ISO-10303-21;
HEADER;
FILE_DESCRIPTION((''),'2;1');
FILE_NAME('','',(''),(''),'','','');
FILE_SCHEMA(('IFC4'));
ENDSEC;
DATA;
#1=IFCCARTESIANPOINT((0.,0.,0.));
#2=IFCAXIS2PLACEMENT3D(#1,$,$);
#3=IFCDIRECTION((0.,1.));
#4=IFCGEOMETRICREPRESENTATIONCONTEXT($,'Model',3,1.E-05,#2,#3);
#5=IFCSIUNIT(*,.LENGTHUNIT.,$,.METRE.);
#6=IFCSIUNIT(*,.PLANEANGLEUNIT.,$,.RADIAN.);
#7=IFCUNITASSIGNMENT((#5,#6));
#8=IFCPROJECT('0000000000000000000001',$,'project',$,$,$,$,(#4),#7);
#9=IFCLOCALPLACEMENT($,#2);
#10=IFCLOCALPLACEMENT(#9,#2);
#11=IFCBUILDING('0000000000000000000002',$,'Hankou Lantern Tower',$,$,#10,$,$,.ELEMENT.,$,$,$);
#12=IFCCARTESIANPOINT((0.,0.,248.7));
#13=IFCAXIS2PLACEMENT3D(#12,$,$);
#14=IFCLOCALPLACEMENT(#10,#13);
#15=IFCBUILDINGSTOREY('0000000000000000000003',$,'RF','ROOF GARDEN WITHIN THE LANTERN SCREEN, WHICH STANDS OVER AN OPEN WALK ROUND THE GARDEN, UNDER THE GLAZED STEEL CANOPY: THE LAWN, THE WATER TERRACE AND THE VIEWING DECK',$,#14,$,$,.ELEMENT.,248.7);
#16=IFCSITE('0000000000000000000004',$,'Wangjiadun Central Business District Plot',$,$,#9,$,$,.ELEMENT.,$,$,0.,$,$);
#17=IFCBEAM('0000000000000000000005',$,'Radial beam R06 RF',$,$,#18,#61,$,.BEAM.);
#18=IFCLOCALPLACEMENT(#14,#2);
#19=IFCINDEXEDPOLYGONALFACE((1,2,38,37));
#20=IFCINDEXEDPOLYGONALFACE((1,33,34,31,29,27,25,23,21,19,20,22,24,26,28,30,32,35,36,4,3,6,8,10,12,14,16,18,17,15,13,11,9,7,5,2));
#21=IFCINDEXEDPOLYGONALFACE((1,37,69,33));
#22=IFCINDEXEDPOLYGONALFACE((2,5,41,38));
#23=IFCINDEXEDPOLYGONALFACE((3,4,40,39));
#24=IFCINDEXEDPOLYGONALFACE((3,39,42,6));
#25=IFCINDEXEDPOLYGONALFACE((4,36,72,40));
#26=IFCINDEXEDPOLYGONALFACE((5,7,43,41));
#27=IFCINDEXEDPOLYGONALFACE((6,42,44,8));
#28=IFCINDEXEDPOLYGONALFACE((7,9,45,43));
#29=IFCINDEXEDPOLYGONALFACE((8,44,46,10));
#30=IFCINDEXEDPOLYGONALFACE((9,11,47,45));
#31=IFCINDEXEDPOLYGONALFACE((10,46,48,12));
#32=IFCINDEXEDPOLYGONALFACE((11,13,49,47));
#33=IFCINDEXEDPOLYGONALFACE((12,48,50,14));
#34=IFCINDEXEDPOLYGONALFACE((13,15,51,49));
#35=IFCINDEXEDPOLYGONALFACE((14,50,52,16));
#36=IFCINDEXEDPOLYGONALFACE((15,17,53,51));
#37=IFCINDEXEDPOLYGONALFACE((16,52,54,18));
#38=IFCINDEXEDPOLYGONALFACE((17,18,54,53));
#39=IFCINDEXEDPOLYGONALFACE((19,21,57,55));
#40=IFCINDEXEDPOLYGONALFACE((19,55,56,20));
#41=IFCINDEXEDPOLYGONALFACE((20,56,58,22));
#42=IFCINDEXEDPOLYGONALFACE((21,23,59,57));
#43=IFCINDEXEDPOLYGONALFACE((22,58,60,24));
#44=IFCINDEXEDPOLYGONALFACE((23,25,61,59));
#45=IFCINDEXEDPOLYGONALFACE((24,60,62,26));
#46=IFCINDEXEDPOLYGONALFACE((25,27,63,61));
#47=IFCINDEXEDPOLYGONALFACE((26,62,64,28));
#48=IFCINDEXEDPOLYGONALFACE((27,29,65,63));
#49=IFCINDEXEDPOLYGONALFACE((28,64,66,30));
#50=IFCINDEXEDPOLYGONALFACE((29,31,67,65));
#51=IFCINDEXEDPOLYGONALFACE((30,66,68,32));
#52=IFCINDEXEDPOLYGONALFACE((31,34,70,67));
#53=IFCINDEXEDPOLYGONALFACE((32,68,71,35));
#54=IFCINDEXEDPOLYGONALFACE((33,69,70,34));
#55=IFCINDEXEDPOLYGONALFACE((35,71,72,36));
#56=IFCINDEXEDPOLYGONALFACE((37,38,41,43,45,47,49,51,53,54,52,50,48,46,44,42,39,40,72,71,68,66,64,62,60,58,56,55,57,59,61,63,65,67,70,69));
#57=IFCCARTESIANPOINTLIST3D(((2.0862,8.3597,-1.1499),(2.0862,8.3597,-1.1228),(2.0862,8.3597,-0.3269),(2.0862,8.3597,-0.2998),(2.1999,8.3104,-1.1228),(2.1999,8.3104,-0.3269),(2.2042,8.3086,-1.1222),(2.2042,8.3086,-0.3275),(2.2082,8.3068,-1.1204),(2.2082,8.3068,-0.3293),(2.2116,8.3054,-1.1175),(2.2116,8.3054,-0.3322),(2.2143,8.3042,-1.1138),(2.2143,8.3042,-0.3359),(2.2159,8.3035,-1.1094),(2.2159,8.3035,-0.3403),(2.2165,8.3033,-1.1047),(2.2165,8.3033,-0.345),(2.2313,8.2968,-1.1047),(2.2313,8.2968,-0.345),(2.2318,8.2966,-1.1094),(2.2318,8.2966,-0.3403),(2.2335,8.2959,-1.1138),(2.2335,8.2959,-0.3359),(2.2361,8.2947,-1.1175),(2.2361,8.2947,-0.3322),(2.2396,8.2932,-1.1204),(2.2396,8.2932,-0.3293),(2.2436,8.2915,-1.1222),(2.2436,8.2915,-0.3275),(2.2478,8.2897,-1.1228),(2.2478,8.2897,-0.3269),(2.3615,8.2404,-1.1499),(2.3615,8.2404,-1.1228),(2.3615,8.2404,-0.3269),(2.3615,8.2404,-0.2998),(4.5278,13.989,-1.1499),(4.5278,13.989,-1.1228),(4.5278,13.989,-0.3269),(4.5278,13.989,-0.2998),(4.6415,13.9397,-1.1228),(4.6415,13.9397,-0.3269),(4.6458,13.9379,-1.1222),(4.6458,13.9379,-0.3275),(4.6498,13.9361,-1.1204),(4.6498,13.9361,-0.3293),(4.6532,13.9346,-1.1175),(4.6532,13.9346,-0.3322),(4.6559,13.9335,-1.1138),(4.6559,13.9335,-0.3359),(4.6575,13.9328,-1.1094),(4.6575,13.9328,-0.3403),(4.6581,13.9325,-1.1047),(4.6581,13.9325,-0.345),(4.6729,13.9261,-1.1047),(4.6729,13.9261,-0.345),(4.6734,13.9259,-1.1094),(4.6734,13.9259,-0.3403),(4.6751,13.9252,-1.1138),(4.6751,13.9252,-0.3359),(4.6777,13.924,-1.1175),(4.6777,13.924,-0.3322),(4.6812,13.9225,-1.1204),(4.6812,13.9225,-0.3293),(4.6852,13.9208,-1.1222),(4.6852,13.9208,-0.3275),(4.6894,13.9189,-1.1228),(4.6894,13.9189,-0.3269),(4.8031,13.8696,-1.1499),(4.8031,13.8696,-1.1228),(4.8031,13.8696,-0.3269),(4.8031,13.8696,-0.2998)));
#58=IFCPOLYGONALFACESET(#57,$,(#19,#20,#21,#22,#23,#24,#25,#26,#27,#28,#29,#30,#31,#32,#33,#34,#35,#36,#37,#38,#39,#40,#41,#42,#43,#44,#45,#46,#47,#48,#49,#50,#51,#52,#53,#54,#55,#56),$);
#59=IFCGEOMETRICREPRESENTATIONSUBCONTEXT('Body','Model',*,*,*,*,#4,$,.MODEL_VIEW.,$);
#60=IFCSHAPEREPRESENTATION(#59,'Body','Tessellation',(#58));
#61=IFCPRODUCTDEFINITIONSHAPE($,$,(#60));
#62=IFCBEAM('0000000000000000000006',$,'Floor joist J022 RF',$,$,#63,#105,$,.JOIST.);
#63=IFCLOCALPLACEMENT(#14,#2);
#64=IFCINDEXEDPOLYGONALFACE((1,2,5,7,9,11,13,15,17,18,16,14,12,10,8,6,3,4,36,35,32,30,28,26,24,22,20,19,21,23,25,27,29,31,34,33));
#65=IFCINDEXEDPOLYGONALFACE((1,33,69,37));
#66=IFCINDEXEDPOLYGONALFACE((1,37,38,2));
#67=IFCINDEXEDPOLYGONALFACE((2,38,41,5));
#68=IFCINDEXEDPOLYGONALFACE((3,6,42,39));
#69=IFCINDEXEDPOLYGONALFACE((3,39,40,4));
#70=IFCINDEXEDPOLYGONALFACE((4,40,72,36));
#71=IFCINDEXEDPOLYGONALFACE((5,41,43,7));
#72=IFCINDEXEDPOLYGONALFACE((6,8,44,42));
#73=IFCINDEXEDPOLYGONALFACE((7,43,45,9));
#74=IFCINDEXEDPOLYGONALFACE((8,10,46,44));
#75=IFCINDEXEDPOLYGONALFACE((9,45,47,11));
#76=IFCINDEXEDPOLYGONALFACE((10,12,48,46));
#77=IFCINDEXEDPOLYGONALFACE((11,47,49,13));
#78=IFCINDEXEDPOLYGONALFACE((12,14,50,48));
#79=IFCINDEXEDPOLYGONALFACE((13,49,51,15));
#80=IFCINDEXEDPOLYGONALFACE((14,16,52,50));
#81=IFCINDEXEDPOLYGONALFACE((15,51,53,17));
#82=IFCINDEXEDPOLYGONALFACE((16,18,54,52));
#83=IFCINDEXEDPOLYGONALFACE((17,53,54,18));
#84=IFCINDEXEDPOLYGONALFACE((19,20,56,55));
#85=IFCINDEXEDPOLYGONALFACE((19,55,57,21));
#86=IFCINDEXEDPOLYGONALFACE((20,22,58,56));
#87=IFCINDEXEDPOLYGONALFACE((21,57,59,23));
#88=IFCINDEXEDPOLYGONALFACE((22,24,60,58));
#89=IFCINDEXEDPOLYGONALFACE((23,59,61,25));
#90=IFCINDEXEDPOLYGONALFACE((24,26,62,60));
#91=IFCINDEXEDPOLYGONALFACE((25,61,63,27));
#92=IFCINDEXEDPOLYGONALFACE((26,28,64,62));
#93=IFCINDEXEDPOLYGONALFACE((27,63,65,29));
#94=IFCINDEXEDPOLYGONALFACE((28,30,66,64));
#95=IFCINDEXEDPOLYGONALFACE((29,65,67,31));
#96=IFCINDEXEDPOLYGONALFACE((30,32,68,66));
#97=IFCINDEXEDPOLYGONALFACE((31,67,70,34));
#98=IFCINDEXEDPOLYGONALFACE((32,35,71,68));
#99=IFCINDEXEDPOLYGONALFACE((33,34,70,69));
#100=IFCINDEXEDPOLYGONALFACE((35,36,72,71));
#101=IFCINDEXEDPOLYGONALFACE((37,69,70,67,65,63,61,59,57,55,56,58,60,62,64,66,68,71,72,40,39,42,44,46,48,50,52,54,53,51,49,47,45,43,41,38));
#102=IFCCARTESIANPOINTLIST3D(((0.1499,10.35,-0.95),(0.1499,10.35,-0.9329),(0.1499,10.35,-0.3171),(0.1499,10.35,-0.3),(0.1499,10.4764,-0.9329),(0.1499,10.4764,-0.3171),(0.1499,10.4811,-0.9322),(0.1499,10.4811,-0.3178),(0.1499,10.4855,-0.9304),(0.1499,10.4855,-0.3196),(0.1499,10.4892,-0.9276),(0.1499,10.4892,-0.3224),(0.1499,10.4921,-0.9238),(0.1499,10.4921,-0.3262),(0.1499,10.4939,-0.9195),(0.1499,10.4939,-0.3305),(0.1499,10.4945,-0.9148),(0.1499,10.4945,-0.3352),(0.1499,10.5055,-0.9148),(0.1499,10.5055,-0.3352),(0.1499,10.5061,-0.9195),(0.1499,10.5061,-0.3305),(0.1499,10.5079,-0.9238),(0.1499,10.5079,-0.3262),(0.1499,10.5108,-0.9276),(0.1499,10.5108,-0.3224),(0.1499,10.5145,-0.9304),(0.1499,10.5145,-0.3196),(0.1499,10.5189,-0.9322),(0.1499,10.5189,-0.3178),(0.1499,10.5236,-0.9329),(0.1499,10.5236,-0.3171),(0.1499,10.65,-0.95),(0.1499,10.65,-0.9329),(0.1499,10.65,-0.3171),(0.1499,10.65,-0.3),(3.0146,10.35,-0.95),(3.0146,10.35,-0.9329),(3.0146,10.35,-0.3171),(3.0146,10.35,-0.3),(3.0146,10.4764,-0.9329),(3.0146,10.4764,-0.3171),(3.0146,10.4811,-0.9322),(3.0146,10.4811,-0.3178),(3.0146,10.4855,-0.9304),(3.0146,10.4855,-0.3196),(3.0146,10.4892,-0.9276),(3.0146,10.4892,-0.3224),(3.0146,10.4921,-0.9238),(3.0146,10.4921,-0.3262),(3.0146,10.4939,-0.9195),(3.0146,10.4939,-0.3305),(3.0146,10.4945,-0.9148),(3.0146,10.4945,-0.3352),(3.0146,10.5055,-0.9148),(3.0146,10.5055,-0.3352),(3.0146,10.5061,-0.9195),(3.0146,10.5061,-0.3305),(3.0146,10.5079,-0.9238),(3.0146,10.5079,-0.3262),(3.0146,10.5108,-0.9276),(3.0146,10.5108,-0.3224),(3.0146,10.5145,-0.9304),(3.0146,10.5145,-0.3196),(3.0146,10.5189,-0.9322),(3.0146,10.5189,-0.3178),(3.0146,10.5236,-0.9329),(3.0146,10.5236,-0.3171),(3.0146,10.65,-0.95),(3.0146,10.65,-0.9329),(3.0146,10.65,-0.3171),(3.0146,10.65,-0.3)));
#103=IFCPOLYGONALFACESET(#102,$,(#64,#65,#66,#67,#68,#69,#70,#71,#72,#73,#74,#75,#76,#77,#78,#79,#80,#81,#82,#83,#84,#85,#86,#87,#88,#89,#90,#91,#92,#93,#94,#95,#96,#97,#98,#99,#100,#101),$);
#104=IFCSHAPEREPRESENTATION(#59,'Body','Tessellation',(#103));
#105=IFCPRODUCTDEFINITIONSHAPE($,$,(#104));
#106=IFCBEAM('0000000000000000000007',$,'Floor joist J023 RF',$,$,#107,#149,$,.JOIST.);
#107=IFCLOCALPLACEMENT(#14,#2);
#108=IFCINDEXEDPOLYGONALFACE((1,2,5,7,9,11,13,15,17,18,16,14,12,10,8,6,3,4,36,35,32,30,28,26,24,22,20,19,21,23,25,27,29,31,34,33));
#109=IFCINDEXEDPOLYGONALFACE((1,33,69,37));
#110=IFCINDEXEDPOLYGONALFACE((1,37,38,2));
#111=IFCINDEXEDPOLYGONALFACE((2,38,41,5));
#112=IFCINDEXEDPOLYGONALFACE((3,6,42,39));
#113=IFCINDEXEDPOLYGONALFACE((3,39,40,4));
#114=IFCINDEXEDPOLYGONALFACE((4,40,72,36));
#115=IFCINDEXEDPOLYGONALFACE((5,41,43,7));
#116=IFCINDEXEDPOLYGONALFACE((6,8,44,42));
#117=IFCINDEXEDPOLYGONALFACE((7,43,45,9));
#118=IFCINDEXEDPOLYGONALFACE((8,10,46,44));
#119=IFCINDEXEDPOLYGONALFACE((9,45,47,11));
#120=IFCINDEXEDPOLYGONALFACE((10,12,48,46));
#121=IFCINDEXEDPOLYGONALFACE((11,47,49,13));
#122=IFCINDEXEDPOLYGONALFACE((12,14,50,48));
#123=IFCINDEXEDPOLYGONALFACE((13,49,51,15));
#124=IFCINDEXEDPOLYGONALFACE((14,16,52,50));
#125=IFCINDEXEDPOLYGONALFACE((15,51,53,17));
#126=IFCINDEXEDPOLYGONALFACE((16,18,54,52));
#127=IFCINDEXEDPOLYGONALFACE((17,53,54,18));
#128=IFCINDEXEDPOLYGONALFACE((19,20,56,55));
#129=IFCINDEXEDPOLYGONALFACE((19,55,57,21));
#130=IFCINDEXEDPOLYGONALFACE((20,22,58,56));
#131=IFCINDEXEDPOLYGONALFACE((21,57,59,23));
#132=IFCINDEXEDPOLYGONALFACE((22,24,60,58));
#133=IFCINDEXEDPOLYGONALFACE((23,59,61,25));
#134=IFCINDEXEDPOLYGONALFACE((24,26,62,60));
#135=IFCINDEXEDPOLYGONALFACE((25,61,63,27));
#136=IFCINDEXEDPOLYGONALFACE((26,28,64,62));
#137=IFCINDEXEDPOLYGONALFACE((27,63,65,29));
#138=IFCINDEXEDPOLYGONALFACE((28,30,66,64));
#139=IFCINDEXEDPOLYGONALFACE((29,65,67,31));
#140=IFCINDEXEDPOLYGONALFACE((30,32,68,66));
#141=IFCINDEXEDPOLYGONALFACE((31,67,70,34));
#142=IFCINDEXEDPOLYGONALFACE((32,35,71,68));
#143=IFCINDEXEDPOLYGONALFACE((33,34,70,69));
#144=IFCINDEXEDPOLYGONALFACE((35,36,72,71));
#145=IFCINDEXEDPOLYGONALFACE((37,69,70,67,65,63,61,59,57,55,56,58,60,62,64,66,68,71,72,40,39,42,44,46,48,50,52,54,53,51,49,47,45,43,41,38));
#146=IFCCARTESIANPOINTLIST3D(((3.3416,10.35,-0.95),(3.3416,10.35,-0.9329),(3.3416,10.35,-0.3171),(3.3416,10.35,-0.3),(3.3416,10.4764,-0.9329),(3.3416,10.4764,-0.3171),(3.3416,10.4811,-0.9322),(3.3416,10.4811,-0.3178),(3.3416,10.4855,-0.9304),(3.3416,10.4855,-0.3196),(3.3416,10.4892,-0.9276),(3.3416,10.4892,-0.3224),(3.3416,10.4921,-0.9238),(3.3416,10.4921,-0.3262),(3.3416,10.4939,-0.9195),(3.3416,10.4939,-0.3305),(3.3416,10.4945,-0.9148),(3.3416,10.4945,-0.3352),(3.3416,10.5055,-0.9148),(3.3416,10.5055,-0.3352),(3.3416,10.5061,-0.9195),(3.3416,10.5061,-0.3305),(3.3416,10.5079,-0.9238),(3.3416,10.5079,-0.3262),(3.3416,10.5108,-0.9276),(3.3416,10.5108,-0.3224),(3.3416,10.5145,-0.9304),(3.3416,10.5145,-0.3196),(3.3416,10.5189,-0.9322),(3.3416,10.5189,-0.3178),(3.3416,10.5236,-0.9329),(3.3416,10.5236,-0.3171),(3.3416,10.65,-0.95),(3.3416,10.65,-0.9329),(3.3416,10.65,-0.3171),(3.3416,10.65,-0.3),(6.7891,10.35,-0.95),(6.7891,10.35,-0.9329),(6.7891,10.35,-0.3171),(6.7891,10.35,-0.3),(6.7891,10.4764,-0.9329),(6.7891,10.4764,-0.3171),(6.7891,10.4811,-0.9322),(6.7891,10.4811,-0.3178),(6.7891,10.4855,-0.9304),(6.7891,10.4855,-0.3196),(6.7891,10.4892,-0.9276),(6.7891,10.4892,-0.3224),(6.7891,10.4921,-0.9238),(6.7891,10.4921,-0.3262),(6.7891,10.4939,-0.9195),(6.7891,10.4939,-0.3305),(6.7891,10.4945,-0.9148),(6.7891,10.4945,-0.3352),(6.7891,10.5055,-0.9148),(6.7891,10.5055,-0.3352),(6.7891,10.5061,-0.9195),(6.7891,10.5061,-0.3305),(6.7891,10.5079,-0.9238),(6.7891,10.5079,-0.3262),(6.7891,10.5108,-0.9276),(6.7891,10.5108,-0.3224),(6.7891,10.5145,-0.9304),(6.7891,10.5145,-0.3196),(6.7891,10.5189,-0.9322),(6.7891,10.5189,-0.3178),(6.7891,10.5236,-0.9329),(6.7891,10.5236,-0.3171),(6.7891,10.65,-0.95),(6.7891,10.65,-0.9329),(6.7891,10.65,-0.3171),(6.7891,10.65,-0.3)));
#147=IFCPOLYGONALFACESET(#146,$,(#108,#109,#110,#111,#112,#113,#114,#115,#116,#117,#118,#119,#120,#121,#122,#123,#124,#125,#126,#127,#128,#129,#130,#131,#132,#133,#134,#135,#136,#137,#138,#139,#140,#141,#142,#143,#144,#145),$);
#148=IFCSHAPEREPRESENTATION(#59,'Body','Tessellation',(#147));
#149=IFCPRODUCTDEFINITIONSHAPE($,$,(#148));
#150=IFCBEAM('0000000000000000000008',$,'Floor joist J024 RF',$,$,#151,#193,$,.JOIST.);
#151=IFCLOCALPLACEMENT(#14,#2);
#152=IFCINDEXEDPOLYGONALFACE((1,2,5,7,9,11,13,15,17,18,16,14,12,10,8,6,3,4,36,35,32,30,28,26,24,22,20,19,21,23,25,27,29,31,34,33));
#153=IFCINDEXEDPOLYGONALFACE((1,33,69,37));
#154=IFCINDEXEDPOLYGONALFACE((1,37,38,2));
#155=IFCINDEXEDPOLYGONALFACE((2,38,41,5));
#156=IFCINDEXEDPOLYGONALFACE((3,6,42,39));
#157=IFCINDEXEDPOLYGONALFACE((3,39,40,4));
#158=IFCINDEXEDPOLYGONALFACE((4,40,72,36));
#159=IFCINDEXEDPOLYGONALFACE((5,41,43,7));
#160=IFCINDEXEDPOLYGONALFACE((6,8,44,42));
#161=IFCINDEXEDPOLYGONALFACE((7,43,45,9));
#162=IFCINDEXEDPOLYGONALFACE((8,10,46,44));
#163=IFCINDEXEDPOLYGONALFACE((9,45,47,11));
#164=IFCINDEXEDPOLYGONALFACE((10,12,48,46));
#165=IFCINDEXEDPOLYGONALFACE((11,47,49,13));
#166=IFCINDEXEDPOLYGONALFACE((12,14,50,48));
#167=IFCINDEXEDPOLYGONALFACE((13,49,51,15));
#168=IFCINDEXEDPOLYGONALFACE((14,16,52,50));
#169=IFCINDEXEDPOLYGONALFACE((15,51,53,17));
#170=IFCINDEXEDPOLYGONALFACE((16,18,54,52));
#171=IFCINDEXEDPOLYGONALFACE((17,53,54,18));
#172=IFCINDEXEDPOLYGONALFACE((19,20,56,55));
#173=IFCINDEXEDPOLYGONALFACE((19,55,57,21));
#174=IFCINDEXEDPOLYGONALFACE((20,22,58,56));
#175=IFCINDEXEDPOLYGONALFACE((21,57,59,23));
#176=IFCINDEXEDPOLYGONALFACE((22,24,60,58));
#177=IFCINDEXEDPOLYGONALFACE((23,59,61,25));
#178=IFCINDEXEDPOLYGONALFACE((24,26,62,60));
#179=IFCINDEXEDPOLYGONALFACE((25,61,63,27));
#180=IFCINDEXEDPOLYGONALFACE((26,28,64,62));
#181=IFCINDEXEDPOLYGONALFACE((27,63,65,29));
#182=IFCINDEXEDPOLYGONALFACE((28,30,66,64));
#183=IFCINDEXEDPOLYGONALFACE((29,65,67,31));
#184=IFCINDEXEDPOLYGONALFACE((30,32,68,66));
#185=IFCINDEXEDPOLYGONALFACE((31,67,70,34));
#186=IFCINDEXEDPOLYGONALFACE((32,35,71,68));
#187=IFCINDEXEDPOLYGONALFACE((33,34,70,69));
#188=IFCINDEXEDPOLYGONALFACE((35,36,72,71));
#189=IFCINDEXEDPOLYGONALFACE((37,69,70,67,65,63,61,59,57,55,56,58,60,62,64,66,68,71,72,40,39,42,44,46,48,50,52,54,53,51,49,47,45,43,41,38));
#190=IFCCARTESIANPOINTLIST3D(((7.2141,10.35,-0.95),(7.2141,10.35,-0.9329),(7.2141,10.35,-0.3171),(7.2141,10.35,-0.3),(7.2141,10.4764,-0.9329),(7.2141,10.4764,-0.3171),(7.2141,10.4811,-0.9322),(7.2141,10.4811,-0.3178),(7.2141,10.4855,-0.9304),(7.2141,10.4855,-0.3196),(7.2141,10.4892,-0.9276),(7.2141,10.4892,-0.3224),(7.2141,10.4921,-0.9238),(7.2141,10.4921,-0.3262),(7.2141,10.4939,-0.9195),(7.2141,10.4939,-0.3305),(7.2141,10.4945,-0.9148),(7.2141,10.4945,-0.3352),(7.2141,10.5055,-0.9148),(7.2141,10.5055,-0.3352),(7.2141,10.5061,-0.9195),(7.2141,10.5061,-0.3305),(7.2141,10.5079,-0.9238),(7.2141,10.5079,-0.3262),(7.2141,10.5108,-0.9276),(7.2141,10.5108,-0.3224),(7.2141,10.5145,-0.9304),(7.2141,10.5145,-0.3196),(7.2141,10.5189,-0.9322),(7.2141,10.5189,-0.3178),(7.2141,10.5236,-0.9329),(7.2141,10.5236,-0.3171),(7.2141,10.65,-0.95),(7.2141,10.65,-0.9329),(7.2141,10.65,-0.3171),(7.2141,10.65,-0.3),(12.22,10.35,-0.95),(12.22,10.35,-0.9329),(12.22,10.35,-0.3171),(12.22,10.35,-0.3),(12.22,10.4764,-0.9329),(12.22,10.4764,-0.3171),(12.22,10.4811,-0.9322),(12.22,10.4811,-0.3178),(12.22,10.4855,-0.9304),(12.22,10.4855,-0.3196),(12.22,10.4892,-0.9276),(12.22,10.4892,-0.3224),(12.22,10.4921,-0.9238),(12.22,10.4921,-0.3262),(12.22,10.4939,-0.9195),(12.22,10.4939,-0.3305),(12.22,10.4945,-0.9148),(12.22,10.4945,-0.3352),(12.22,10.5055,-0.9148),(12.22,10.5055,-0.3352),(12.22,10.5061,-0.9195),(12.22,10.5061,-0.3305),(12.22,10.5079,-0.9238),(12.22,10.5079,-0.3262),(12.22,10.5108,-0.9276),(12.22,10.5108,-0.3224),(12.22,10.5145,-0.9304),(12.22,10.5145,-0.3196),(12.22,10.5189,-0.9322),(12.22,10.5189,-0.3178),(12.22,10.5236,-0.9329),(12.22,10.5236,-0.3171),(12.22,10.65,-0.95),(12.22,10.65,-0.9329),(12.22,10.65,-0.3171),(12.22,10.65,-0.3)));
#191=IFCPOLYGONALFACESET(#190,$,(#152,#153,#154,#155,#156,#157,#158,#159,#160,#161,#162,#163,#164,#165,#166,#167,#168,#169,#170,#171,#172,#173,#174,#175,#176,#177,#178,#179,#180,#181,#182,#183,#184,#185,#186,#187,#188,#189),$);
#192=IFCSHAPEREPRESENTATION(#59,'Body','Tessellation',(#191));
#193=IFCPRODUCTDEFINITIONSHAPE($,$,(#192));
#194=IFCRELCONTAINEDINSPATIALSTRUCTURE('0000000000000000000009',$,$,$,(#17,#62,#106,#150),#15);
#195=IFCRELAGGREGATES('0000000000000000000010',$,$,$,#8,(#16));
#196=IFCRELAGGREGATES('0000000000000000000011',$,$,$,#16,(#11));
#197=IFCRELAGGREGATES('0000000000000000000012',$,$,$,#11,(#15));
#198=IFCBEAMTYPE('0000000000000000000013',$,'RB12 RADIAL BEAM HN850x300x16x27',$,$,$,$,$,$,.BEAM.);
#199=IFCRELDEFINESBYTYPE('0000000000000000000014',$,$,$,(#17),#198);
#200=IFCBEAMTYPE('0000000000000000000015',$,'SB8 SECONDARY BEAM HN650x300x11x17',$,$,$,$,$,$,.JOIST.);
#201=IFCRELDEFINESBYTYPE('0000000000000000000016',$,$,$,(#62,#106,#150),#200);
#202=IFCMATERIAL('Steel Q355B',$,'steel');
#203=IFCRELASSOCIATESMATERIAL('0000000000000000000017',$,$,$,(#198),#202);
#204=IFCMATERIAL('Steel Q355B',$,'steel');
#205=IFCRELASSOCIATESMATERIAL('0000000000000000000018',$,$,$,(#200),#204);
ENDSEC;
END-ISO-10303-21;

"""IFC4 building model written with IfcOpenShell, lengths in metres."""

from ifc_helpers import new_model, si_unit, direction, frame, origin, origin_2d, place, context, subcontext, project, spatial, i_section, extrude, material, material_profile, profile_set, type_object, element, save


model = new_model("IFC4")

# Units and contexts
model_context = context("Model", 3, precision=1e-05, world=origin(), true_north=direction((0.0, 1.0)))
body_context = subcontext(model_context, "Body", "Model", "MODEL_VIEW")
ifc_project = project(units=[si_unit("LENGTHUNIT", "METRE"), si_unit("PLANEANGLEUNIT", "RADIAN")], contexts=[model_context])

# Site, building, storey
site_placement = place(None, origin())
site = spatial("IfcSite", under=ifc_project, at=site_placement, Name="Wangjiadun Central Business District Plot", CompositionType="ELEMENT", RefElevation=0.0)
building_placement = place(site_placement, origin())
building = spatial("IfcBuilding", under=site, at=building_placement, Name="Hankou Lantern Tower", CompositionType="ELEMENT")
storey_placement = place(building_placement, frame((0.0, 0.0, 248.7)))
storey = spatial("IfcBuildingStorey", under=building, at=storey_placement, Name="RF", Description="ROOF GARDEN WITHIN THE LANTERN SCREEN, WHICH STANDS OVER AN OPEN WALK ROUND THE GARDEN, UNDER THE GLAZED STEEL CANOPY: THE LAWN, THE WATER TERRACE AND THE VIEWING DECK", CompositionType="ELEMENT", Elevation=248.7)

# Beams
ifc_material_1 = material(Name="Steel Q355B", Category="steel")
ifc_material_profile_1 = material_profile(ifc_material_1, i_section(OverallWidth=0.3, OverallDepth=0.8501, WebThickness=0.0161, FlangeThickness=0.0271, FilletRadius=0.0181, at=origin_2d()), Name="HN850x300x16x27")
ifc_profile_set_1 = profile_set([ifc_material_profile_1], Name="Steel Q355B")
beam_type_1 = type_object("IfcBeamType", Name="RB12 RADIAL BEAM HN850x300x16x27", PredefinedType="BEAM", material=ifc_profile_set_1)
beam_1_placement = place(storey_placement, frame((2.2239, 8.3, -0.7249), z_axis=(0.397916, 0.917422, 0.0), x_axis=(-0.917422, 0.397916, 0.0)))
element("IfcBeam", 1, at=beam_1_placement, inside=storey, type_object=beam_type_1, Name="Radial beam R06 RF", PredefinedType="BEAM", context=body_context, shape_type="SweptSolid", body=[
    extrude(i_section(OverallWidth=0.3, OverallDepth=0.8501, WebThickness=0.0161, FlangeThickness=0.0271, FilletRadius=0.0181, at=origin_2d()), origin(), (0.0, 0.0, 1.0), 6.136),
])
ifc_material_2 = material(Name="Steel Q355B", Category="steel")
ifc_material_profile_2 = material_profile(ifc_material_2, i_section(OverallWidth=0.3, OverallDepth=0.6499, WebThickness=0.011, FlangeThickness=0.0171, FilletRadius=0.0181, at=origin_2d()), Name="HN650x300x11x17")
ifc_profile_set_2 = profile_set([ifc_material_profile_2], Name="Steel Q355B")
beam_type_2 = type_object("IfcBeamType", Name="SB8 SECONDARY BEAM HN650x300x11x17", PredefinedType="JOIST", material=ifc_profile_set_2)
beam_2_placement = place(storey_placement, frame((0.1499, 10.5, -0.625), z_axis=(1.0, 0.0, 0.0), x_axis=(0.0, 1.0, 0.0)))
element("IfcBeam", 2, at=beam_2_placement, inside=storey, type_object=beam_type_2, Name="Floor joist J022 RF", PredefinedType="JOIST", context=body_context, shape_type="SweptSolid", body=[
    extrude(i_section(OverallWidth=0.3, OverallDepth=0.6499, WebThickness=0.011, FlangeThickness=0.0171, FilletRadius=0.0181, at=origin_2d()), origin(), (0.0, 0.0, 1.0), 2.8647),
])
beam_3_placement = place(storey_placement, frame((3.3416, 10.5, -0.625), z_axis=(1.0, 0.0, 0.0), x_axis=(0.0, 1.0, 0.0)))
element("IfcBeam", 3, at=beam_3_placement, inside=storey, type_object=beam_type_2, Name="Floor joist J023 RF", PredefinedType="JOIST", context=body_context, shape_type="SweptSolid", body=[
    extrude(i_section(OverallWidth=0.3, OverallDepth=0.6499, WebThickness=0.011, FlangeThickness=0.0171, FilletRadius=0.0181, at=origin_2d()), origin(), (0.0, 0.0, 1.0), 3.4475),
])
beam_4_placement = place(storey_placement, frame((7.2141, 10.5, -0.625), z_axis=(1.0, 0.0, 0.0), x_axis=(0.0, 1.0, 0.0)))
element("IfcBeam", 4, at=beam_4_placement, inside=storey, type_object=beam_type_2, Name="Floor joist J024 RF", PredefinedType="JOIST", context=body_context, shape_type="SweptSolid", body=[
    extrude(i_section(OverallWidth=0.3, OverallDepth=0.6499, WebThickness=0.011, FlangeThickness=0.0171, FilletRadius=0.0181, at=origin_2d()), origin(), (0.0, 0.0, 1.0), 5.0059),
])

save(model, "model.ifc")
